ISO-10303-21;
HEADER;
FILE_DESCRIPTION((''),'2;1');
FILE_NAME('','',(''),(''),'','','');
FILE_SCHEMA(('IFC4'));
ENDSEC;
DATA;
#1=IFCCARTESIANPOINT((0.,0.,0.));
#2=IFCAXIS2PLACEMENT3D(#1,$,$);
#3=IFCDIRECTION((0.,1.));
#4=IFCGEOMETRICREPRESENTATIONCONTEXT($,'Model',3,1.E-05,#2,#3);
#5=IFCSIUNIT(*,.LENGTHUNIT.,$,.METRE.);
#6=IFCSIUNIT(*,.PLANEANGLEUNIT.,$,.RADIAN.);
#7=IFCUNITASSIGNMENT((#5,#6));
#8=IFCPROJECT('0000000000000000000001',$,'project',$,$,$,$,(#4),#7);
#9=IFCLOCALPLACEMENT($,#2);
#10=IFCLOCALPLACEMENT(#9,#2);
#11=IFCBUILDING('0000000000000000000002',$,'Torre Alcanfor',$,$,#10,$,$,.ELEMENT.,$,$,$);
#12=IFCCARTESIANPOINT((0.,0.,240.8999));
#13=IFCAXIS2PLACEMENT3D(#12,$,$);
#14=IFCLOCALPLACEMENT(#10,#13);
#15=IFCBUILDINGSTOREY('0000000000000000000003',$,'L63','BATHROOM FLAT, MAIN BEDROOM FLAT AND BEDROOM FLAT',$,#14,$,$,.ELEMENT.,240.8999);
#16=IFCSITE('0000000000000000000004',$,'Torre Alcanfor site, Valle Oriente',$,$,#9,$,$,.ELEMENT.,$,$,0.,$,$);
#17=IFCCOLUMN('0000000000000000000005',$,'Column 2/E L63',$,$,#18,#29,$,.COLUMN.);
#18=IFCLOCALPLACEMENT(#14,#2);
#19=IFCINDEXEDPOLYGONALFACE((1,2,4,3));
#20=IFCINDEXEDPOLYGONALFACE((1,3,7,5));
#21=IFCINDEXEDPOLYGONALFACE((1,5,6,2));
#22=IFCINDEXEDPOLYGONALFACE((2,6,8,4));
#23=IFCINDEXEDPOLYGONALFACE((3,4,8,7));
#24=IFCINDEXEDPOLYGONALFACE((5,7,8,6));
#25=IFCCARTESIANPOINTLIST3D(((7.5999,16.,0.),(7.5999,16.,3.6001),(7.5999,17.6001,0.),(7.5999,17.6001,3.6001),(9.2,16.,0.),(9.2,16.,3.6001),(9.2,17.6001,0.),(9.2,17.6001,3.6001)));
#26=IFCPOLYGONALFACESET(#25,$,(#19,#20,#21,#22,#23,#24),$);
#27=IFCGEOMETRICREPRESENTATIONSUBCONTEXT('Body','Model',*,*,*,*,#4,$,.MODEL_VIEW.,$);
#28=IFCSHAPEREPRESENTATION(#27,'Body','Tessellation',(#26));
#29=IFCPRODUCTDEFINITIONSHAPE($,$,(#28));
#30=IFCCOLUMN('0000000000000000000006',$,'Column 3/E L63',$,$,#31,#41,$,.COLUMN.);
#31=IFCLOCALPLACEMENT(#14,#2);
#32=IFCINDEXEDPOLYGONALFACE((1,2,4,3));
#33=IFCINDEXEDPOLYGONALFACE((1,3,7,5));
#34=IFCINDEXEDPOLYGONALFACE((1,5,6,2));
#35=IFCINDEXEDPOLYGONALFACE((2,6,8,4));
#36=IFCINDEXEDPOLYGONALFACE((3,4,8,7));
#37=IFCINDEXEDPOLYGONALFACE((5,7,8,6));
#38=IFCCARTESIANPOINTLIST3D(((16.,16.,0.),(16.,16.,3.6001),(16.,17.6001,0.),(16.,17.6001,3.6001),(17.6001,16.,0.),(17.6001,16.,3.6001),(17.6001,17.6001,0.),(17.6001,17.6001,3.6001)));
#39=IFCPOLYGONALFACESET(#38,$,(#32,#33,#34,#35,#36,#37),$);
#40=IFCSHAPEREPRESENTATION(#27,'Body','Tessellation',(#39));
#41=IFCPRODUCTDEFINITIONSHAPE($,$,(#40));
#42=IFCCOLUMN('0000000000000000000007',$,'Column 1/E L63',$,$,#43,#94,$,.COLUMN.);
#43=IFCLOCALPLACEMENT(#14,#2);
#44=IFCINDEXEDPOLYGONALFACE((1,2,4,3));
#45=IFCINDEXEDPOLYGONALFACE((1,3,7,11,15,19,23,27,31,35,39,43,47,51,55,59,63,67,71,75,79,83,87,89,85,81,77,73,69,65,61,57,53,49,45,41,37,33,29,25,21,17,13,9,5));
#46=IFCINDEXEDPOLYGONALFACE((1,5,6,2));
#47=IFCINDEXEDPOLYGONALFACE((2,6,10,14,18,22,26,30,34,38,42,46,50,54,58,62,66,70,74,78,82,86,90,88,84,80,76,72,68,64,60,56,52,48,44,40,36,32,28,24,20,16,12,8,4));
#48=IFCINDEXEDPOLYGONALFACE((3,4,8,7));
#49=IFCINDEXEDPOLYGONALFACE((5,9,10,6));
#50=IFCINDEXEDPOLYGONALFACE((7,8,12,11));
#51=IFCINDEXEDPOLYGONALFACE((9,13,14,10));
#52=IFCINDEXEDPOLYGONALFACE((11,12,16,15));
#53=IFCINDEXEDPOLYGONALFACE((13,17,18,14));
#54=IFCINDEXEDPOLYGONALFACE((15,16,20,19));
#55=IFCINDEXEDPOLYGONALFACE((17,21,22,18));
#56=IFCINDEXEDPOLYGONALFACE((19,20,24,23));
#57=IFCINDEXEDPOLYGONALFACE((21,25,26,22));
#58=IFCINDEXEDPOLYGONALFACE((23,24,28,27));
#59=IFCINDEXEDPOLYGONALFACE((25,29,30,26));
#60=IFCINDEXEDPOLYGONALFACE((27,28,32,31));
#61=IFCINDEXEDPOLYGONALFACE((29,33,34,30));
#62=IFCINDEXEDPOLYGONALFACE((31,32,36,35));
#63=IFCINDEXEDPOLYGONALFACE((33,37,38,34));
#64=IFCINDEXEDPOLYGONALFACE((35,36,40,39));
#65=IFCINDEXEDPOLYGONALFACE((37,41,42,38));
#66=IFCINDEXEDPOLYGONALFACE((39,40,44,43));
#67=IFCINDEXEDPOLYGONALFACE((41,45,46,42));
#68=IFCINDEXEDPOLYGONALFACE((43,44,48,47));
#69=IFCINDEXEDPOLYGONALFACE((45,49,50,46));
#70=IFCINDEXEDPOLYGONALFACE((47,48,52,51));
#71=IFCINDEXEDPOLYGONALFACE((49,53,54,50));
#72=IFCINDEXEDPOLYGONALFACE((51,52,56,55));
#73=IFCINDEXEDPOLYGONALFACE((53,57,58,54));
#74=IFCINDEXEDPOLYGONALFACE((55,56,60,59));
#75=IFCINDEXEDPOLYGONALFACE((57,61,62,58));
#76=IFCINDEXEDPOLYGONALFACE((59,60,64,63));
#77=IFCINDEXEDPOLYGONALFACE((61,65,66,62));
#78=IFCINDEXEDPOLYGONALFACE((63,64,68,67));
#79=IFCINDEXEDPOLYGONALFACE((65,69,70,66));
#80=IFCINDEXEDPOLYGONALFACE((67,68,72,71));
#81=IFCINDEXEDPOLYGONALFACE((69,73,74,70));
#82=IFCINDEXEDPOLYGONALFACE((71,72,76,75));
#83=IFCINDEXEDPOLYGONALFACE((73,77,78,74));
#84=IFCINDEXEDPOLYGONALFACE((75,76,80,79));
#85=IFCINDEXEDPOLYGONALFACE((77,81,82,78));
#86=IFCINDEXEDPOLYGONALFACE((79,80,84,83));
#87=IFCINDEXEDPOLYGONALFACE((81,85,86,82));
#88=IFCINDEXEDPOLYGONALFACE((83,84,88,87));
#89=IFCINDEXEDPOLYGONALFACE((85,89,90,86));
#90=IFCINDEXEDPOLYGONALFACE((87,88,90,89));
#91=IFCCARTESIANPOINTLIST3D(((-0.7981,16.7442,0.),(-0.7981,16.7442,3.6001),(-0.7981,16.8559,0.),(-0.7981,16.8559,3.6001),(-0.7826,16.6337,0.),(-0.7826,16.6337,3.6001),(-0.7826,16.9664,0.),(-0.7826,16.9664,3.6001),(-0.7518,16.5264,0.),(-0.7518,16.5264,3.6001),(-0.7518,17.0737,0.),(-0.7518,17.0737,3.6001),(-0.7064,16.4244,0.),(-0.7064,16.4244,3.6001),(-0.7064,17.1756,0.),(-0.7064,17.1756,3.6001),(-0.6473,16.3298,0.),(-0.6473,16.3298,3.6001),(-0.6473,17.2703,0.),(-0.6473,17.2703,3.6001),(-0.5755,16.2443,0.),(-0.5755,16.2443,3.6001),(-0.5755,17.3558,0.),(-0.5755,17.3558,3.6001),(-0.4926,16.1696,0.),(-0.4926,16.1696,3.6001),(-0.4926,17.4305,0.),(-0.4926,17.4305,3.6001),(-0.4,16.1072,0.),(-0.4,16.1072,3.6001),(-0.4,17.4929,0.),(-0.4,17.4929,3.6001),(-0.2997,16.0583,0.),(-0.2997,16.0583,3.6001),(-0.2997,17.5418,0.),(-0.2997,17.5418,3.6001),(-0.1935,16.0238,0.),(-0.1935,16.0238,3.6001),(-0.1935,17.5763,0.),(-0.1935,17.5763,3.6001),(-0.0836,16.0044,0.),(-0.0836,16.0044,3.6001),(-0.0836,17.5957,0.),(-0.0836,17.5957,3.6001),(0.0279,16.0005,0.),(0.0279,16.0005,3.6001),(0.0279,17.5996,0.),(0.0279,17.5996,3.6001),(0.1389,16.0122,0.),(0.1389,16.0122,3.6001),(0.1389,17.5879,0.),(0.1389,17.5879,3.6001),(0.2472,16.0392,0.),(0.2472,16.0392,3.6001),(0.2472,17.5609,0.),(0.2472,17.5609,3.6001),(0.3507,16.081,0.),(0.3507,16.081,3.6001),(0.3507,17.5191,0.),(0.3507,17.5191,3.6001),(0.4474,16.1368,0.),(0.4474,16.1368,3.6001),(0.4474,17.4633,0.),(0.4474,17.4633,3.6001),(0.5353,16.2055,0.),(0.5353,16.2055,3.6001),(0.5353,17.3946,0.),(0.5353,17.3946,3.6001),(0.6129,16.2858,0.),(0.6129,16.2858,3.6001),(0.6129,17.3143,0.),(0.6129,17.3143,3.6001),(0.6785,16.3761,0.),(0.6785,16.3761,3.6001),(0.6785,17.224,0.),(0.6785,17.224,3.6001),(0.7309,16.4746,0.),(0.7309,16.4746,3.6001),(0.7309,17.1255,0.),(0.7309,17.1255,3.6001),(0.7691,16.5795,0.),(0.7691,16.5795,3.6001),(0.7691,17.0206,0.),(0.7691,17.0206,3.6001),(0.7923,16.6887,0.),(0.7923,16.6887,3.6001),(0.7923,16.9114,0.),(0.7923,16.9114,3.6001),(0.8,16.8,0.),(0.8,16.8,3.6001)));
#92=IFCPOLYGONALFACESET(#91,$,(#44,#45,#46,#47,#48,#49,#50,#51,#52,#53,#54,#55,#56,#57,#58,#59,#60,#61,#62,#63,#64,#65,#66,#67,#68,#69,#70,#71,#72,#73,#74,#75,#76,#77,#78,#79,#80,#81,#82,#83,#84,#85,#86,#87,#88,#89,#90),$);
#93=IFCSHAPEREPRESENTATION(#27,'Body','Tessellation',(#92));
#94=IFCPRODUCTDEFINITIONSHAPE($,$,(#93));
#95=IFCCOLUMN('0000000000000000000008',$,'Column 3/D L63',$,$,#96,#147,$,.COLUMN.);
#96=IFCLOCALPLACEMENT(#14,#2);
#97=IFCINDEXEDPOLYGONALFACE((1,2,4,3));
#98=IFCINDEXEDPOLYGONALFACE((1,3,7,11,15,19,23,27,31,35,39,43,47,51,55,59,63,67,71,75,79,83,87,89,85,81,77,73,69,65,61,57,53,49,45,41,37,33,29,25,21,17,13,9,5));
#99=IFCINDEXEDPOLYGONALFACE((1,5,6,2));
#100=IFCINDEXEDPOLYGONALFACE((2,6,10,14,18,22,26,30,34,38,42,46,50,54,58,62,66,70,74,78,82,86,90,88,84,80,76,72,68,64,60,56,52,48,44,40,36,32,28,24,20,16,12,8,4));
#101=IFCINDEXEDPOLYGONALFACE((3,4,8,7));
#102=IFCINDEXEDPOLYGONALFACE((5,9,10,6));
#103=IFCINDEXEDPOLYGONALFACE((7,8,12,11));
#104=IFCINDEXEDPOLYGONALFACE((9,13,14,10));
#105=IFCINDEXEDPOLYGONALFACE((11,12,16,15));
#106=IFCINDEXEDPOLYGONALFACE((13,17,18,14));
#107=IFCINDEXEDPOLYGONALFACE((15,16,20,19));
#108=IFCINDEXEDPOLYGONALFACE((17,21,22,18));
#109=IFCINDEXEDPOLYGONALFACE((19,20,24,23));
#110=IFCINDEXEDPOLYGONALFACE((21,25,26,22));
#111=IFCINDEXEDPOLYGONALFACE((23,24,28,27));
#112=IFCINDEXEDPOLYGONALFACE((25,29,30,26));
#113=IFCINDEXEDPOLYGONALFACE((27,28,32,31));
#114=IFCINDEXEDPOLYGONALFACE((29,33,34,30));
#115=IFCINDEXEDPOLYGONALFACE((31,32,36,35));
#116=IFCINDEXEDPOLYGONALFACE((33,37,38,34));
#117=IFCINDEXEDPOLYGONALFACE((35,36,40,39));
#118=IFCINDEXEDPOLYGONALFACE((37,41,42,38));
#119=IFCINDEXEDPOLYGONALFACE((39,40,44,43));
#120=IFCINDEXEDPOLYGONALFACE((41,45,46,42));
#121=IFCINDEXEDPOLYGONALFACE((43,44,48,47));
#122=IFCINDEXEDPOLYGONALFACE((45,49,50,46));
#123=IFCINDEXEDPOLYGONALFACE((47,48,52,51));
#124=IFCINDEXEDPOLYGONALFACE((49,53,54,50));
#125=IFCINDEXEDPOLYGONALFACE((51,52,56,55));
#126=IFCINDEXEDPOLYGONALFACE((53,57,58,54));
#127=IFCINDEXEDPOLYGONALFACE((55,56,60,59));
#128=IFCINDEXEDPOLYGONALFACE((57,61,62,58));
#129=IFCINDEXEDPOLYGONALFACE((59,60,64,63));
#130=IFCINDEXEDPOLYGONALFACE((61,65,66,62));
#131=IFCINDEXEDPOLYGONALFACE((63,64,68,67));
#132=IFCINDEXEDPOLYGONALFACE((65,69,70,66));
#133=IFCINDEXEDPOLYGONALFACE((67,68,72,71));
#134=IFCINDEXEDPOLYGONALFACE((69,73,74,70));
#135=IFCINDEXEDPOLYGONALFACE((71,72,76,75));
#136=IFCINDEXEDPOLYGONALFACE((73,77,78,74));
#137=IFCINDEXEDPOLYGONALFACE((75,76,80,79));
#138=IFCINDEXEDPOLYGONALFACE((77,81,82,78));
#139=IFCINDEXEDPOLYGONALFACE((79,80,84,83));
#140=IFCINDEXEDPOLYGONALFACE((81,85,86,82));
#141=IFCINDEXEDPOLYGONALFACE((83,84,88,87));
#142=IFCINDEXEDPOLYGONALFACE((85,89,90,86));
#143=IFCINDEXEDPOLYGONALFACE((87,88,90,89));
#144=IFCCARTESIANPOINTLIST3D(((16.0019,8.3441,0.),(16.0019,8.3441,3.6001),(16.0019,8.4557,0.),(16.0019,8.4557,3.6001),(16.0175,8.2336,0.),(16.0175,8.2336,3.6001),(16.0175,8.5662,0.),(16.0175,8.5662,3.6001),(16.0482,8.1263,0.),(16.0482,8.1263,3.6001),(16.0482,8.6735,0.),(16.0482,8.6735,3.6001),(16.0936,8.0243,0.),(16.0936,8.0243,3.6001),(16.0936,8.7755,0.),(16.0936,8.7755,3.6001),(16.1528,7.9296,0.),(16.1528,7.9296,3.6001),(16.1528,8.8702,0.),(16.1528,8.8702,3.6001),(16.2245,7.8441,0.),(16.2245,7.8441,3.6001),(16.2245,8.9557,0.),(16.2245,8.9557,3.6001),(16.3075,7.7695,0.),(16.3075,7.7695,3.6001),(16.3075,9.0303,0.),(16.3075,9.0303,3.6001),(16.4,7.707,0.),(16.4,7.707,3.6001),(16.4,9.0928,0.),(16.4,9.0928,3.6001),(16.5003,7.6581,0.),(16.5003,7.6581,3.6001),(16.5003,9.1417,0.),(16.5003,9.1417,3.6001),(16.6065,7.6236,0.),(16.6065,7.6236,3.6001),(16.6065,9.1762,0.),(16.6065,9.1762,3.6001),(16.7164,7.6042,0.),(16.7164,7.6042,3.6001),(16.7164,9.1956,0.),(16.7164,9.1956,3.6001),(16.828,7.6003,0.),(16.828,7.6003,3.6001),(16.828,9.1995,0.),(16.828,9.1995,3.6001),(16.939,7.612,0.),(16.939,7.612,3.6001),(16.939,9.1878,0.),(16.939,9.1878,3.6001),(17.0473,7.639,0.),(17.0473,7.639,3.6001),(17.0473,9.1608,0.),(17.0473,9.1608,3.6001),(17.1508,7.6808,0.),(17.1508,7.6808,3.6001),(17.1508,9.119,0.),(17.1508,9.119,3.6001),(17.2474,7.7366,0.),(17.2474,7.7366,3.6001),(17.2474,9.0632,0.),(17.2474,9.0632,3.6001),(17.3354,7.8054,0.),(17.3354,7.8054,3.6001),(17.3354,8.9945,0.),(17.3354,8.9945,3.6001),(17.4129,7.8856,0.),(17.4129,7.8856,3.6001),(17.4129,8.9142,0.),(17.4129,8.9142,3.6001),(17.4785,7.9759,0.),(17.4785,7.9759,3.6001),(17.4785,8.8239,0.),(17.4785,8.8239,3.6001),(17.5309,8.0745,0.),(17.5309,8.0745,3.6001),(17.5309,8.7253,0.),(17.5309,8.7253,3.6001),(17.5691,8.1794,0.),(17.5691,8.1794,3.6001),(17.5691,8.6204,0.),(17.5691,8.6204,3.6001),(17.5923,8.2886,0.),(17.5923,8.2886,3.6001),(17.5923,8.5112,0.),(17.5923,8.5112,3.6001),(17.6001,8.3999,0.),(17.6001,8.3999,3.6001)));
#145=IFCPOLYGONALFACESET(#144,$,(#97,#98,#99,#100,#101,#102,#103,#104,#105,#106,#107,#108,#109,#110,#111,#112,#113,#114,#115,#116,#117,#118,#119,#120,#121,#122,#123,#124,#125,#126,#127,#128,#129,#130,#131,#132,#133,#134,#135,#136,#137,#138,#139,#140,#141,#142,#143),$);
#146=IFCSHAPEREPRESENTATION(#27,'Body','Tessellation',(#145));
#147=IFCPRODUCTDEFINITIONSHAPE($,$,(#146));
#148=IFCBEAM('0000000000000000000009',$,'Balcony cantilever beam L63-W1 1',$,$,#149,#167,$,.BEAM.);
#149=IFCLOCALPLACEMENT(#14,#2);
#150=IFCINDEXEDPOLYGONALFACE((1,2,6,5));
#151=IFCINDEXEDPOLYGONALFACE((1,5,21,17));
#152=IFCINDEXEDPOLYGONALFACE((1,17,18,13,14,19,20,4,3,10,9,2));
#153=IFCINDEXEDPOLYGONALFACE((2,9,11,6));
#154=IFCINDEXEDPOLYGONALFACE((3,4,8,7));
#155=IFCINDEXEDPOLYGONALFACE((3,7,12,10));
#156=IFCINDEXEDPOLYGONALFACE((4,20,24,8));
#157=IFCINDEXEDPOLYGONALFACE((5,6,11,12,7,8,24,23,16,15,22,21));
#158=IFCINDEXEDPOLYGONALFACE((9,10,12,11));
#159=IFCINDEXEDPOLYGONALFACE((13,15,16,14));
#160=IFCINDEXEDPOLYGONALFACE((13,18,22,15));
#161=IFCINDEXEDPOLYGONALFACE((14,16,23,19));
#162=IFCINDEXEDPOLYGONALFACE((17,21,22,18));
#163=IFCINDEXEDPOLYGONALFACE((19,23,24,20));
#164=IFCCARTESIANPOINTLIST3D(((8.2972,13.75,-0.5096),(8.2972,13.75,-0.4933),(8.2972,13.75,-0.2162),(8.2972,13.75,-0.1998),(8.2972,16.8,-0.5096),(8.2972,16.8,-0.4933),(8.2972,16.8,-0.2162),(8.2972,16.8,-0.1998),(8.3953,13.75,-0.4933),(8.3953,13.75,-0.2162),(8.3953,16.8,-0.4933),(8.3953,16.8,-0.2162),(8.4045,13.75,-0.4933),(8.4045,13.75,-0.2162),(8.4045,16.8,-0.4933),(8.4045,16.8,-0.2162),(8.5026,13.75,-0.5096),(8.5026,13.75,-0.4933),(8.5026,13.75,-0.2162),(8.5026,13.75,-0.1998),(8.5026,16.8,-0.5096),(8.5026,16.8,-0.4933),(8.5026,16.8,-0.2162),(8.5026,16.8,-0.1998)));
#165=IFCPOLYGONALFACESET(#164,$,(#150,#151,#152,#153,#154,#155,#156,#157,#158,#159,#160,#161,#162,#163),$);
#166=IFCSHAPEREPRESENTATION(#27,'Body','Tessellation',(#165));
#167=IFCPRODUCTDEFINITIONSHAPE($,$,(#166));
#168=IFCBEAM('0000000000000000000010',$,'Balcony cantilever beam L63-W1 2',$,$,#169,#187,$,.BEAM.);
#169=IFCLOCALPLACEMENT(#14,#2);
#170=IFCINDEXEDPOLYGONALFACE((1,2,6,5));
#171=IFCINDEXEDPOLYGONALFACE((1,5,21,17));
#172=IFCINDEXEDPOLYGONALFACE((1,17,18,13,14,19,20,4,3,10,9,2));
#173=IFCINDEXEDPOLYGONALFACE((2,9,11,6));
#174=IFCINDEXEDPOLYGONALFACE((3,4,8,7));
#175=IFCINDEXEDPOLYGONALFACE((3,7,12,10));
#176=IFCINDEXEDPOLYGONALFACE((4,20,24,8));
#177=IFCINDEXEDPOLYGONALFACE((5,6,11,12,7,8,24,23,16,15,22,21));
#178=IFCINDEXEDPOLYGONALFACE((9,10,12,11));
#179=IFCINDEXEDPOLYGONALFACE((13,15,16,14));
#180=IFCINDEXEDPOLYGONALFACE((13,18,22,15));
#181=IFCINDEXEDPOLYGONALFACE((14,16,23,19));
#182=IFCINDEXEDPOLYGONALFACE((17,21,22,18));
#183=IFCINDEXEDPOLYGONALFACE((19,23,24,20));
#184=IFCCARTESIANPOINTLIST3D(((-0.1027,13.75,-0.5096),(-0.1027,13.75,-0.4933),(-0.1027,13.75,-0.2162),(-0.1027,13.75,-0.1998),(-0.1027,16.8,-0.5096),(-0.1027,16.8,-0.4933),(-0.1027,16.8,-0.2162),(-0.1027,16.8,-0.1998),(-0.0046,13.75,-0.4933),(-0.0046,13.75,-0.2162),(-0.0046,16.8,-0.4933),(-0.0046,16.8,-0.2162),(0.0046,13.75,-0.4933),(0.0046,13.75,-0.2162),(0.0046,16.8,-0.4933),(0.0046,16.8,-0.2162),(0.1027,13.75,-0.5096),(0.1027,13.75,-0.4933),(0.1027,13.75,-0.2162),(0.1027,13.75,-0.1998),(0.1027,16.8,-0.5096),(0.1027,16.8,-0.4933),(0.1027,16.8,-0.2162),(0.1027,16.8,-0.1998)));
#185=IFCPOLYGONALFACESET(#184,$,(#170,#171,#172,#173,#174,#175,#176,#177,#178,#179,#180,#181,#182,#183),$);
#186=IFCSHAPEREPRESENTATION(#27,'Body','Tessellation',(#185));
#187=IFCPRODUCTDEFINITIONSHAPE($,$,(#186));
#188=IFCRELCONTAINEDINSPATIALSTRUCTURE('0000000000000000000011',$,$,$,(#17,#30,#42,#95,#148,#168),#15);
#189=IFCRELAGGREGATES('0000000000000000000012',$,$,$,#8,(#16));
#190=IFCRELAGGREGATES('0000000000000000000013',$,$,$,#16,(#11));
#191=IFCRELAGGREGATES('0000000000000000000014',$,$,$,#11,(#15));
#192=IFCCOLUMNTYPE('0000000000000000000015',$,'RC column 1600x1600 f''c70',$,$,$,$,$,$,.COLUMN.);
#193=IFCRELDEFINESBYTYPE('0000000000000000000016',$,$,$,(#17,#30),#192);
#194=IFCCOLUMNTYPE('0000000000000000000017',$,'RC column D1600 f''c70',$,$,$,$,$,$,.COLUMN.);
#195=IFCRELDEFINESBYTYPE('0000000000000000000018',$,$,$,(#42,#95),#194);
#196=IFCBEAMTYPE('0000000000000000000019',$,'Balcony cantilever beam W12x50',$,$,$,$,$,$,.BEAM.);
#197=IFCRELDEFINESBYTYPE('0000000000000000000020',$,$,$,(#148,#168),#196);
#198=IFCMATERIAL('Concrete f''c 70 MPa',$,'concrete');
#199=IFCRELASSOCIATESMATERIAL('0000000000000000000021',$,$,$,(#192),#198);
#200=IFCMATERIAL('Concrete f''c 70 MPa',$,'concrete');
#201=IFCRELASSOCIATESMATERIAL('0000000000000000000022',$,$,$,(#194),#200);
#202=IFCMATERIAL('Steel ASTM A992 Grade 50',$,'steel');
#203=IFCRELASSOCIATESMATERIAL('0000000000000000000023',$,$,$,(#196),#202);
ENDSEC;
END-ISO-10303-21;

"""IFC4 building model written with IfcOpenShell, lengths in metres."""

from ifc_helpers import new_model, si_unit, direction, frame, origin, origin_2d, place, context, subcontext, project, spatial, rectangle, circle, i_section, extrude, material, material_profile, profile_set, type_object, element, save


model = new_model("IFC4")

# Units and contexts
model_context = context("Model", 3, precision=1e-05, world=origin(), true_north=direction((0.0, 1.0)))
body_context = subcontext(model_context, "Body", "Model", "MODEL_VIEW")
ifc_project = project(units=[si_unit("LENGTHUNIT", "METRE"), si_unit("PLANEANGLEUNIT", "RADIAN")], contexts=[model_context])

# Site, building, storey
site_placement = place(None, origin())
site = spatial("IfcSite", under=ifc_project, at=site_placement, Name="Torre Alcanfor site, Valle Oriente", CompositionType="ELEMENT", RefElevation=0.0)
building_placement = place(site_placement, origin())
building = spatial("IfcBuilding", under=site, at=building_placement, Name="Torre Alcanfor", CompositionType="ELEMENT")
storey_placement = place(building_placement, frame((0.0, 0.0, 240.8999)))
storey = spatial("IfcBuildingStorey", under=building, at=storey_placement, Name="L63", Description="BATHROOM FLAT, MAIN BEDROOM FLAT AND BEDROOM FLAT", CompositionType="ELEMENT", Elevation=240.8999)

# Columns
ifc_material_1 = material(Name="Concrete f'c 70 MPa", Category="concrete")
ifc_material_profile_1 = material_profile(ifc_material_1, rectangle(XDim=1.6001, YDim=1.6001, at=origin_2d()), Name="1600x1600")
ifc_profile_set_1 = profile_set([ifc_material_profile_1], Name="Concrete f'c 70 MPa")
column_type_1 = type_object("IfcColumnType", Name="RC column 1600x1600 f'c70", PredefinedType="COLUMN", material=ifc_profile_set_1)
for number, where, z_axis, x_axis, name in (
    (1, (8.3999, 16.8, 0.0), (0.0, 0.0, 1.0), (1.0, 0.0, 0.0), "Column 2/E L63"),
    (2, (16.8, 16.8, 0.0), (0.0, 0.0, 1.0), (1.0, 0.0, 0.0), "Column 3/E L63"),
):
    element("IfcColumn", number, at=place(storey_placement, frame(where, z_axis=z_axis, x_axis=x_axis)), inside=storey, type_object=column_type_1, Name=name, PredefinedType="COLUMN", context=body_context, shape_type="SweptSolid", body=[
        extrude(rectangle(XDim=1.6001, YDim=1.6001, at=origin_2d()), origin(), (0.0, 0.0, 1.0), 3.6001),
    ])
ifc_material_2 = material(Name="Concrete f'c 70 MPa", Category="concrete")
ifc_material_profile_2 = material_profile(ifc_material_2, circle(Radius=0.8, at=origin_2d()), Name="D1600")
ifc_profile_set_2 = profile_set([ifc_material_profile_2], Name="Concrete f'c 70 MPa")
column_type_2 = type_object("IfcColumnType", Name="RC column D1600 f'c70", PredefinedType="COLUMN", material=ifc_profile_set_2)
for number, where, z_axis, x_axis, name in (
    (3, (0.0, 16.8, 0.0), (0.0, 0.0, 1.0), (1.0, 0.0, 0.0), "Column 1/E L63"),
    (4, (16.8, 8.3999, 0.0), (0.0, 0.0, 1.0), (1.0, 0.0, 0.0), "Column 3/D L63"),
):
    element("IfcColumn", number, at=place(storey_placement, frame(where, z_axis=z_axis, x_axis=x_axis)), inside=storey, type_object=column_type_2, Name=name, PredefinedType="COLUMN", context=body_context, shape_type="SweptSolid", body=[
        extrude(circle(Radius=0.8, at=origin_2d()), origin(), (0.0, 0.0, 1.0), 3.6001),
    ])

# Beams
ifc_material_3 = material(Name="Steel ASTM A992 Grade 50", Category="steel")
ifc_material_profile_3 = material_profile(ifc_material_3, i_section(OverallWidth=0.2053, OverallDepth=0.3098, WebThickness=0.0093, FlangeThickness=0.0164, at=origin_2d()), Name="W12x50")
ifc_profile_set_3 = profile_set([ifc_material_profile_3], Name="Steel ASTM A992 Grade 50")
beam_type_1 = type_object("IfcBeamType", Name="Balcony cantilever beam W12x50", PredefinedType="BEAM", material=ifc_profile_set_3)
for number, where, z_axis, x_axis, name in (
    (5, (8.3999, 16.8, -0.3547), (0.0, -1.0, 0.0), (1.0, 0.0, 0.0), "Balcony cantilever beam L63-W1 1"),
    (6, (0.0, 16.8, -0.3547), (0.0, -1.0, 0.0), (1.0, 0.0, 0.0), "Balcony cantilever beam L63-W1 2"),
):
    element("IfcBeam", number, at=place(storey_placement, frame(where, z_axis=z_axis, x_axis=x_axis)), inside=storey, type_object=beam_type_1, Name=name, PredefinedType="BEAM", context=body_context, shape_type="SweptSolid", body=[
        extrude(i_section(OverallWidth=0.2053, OverallDepth=0.3098, WebThickness=0.0093, FlangeThickness=0.0164, at=origin_2d()), origin(), (0.0, 0.0, 1.0), 3.05),
    ])

save(model, "model.ifc")
